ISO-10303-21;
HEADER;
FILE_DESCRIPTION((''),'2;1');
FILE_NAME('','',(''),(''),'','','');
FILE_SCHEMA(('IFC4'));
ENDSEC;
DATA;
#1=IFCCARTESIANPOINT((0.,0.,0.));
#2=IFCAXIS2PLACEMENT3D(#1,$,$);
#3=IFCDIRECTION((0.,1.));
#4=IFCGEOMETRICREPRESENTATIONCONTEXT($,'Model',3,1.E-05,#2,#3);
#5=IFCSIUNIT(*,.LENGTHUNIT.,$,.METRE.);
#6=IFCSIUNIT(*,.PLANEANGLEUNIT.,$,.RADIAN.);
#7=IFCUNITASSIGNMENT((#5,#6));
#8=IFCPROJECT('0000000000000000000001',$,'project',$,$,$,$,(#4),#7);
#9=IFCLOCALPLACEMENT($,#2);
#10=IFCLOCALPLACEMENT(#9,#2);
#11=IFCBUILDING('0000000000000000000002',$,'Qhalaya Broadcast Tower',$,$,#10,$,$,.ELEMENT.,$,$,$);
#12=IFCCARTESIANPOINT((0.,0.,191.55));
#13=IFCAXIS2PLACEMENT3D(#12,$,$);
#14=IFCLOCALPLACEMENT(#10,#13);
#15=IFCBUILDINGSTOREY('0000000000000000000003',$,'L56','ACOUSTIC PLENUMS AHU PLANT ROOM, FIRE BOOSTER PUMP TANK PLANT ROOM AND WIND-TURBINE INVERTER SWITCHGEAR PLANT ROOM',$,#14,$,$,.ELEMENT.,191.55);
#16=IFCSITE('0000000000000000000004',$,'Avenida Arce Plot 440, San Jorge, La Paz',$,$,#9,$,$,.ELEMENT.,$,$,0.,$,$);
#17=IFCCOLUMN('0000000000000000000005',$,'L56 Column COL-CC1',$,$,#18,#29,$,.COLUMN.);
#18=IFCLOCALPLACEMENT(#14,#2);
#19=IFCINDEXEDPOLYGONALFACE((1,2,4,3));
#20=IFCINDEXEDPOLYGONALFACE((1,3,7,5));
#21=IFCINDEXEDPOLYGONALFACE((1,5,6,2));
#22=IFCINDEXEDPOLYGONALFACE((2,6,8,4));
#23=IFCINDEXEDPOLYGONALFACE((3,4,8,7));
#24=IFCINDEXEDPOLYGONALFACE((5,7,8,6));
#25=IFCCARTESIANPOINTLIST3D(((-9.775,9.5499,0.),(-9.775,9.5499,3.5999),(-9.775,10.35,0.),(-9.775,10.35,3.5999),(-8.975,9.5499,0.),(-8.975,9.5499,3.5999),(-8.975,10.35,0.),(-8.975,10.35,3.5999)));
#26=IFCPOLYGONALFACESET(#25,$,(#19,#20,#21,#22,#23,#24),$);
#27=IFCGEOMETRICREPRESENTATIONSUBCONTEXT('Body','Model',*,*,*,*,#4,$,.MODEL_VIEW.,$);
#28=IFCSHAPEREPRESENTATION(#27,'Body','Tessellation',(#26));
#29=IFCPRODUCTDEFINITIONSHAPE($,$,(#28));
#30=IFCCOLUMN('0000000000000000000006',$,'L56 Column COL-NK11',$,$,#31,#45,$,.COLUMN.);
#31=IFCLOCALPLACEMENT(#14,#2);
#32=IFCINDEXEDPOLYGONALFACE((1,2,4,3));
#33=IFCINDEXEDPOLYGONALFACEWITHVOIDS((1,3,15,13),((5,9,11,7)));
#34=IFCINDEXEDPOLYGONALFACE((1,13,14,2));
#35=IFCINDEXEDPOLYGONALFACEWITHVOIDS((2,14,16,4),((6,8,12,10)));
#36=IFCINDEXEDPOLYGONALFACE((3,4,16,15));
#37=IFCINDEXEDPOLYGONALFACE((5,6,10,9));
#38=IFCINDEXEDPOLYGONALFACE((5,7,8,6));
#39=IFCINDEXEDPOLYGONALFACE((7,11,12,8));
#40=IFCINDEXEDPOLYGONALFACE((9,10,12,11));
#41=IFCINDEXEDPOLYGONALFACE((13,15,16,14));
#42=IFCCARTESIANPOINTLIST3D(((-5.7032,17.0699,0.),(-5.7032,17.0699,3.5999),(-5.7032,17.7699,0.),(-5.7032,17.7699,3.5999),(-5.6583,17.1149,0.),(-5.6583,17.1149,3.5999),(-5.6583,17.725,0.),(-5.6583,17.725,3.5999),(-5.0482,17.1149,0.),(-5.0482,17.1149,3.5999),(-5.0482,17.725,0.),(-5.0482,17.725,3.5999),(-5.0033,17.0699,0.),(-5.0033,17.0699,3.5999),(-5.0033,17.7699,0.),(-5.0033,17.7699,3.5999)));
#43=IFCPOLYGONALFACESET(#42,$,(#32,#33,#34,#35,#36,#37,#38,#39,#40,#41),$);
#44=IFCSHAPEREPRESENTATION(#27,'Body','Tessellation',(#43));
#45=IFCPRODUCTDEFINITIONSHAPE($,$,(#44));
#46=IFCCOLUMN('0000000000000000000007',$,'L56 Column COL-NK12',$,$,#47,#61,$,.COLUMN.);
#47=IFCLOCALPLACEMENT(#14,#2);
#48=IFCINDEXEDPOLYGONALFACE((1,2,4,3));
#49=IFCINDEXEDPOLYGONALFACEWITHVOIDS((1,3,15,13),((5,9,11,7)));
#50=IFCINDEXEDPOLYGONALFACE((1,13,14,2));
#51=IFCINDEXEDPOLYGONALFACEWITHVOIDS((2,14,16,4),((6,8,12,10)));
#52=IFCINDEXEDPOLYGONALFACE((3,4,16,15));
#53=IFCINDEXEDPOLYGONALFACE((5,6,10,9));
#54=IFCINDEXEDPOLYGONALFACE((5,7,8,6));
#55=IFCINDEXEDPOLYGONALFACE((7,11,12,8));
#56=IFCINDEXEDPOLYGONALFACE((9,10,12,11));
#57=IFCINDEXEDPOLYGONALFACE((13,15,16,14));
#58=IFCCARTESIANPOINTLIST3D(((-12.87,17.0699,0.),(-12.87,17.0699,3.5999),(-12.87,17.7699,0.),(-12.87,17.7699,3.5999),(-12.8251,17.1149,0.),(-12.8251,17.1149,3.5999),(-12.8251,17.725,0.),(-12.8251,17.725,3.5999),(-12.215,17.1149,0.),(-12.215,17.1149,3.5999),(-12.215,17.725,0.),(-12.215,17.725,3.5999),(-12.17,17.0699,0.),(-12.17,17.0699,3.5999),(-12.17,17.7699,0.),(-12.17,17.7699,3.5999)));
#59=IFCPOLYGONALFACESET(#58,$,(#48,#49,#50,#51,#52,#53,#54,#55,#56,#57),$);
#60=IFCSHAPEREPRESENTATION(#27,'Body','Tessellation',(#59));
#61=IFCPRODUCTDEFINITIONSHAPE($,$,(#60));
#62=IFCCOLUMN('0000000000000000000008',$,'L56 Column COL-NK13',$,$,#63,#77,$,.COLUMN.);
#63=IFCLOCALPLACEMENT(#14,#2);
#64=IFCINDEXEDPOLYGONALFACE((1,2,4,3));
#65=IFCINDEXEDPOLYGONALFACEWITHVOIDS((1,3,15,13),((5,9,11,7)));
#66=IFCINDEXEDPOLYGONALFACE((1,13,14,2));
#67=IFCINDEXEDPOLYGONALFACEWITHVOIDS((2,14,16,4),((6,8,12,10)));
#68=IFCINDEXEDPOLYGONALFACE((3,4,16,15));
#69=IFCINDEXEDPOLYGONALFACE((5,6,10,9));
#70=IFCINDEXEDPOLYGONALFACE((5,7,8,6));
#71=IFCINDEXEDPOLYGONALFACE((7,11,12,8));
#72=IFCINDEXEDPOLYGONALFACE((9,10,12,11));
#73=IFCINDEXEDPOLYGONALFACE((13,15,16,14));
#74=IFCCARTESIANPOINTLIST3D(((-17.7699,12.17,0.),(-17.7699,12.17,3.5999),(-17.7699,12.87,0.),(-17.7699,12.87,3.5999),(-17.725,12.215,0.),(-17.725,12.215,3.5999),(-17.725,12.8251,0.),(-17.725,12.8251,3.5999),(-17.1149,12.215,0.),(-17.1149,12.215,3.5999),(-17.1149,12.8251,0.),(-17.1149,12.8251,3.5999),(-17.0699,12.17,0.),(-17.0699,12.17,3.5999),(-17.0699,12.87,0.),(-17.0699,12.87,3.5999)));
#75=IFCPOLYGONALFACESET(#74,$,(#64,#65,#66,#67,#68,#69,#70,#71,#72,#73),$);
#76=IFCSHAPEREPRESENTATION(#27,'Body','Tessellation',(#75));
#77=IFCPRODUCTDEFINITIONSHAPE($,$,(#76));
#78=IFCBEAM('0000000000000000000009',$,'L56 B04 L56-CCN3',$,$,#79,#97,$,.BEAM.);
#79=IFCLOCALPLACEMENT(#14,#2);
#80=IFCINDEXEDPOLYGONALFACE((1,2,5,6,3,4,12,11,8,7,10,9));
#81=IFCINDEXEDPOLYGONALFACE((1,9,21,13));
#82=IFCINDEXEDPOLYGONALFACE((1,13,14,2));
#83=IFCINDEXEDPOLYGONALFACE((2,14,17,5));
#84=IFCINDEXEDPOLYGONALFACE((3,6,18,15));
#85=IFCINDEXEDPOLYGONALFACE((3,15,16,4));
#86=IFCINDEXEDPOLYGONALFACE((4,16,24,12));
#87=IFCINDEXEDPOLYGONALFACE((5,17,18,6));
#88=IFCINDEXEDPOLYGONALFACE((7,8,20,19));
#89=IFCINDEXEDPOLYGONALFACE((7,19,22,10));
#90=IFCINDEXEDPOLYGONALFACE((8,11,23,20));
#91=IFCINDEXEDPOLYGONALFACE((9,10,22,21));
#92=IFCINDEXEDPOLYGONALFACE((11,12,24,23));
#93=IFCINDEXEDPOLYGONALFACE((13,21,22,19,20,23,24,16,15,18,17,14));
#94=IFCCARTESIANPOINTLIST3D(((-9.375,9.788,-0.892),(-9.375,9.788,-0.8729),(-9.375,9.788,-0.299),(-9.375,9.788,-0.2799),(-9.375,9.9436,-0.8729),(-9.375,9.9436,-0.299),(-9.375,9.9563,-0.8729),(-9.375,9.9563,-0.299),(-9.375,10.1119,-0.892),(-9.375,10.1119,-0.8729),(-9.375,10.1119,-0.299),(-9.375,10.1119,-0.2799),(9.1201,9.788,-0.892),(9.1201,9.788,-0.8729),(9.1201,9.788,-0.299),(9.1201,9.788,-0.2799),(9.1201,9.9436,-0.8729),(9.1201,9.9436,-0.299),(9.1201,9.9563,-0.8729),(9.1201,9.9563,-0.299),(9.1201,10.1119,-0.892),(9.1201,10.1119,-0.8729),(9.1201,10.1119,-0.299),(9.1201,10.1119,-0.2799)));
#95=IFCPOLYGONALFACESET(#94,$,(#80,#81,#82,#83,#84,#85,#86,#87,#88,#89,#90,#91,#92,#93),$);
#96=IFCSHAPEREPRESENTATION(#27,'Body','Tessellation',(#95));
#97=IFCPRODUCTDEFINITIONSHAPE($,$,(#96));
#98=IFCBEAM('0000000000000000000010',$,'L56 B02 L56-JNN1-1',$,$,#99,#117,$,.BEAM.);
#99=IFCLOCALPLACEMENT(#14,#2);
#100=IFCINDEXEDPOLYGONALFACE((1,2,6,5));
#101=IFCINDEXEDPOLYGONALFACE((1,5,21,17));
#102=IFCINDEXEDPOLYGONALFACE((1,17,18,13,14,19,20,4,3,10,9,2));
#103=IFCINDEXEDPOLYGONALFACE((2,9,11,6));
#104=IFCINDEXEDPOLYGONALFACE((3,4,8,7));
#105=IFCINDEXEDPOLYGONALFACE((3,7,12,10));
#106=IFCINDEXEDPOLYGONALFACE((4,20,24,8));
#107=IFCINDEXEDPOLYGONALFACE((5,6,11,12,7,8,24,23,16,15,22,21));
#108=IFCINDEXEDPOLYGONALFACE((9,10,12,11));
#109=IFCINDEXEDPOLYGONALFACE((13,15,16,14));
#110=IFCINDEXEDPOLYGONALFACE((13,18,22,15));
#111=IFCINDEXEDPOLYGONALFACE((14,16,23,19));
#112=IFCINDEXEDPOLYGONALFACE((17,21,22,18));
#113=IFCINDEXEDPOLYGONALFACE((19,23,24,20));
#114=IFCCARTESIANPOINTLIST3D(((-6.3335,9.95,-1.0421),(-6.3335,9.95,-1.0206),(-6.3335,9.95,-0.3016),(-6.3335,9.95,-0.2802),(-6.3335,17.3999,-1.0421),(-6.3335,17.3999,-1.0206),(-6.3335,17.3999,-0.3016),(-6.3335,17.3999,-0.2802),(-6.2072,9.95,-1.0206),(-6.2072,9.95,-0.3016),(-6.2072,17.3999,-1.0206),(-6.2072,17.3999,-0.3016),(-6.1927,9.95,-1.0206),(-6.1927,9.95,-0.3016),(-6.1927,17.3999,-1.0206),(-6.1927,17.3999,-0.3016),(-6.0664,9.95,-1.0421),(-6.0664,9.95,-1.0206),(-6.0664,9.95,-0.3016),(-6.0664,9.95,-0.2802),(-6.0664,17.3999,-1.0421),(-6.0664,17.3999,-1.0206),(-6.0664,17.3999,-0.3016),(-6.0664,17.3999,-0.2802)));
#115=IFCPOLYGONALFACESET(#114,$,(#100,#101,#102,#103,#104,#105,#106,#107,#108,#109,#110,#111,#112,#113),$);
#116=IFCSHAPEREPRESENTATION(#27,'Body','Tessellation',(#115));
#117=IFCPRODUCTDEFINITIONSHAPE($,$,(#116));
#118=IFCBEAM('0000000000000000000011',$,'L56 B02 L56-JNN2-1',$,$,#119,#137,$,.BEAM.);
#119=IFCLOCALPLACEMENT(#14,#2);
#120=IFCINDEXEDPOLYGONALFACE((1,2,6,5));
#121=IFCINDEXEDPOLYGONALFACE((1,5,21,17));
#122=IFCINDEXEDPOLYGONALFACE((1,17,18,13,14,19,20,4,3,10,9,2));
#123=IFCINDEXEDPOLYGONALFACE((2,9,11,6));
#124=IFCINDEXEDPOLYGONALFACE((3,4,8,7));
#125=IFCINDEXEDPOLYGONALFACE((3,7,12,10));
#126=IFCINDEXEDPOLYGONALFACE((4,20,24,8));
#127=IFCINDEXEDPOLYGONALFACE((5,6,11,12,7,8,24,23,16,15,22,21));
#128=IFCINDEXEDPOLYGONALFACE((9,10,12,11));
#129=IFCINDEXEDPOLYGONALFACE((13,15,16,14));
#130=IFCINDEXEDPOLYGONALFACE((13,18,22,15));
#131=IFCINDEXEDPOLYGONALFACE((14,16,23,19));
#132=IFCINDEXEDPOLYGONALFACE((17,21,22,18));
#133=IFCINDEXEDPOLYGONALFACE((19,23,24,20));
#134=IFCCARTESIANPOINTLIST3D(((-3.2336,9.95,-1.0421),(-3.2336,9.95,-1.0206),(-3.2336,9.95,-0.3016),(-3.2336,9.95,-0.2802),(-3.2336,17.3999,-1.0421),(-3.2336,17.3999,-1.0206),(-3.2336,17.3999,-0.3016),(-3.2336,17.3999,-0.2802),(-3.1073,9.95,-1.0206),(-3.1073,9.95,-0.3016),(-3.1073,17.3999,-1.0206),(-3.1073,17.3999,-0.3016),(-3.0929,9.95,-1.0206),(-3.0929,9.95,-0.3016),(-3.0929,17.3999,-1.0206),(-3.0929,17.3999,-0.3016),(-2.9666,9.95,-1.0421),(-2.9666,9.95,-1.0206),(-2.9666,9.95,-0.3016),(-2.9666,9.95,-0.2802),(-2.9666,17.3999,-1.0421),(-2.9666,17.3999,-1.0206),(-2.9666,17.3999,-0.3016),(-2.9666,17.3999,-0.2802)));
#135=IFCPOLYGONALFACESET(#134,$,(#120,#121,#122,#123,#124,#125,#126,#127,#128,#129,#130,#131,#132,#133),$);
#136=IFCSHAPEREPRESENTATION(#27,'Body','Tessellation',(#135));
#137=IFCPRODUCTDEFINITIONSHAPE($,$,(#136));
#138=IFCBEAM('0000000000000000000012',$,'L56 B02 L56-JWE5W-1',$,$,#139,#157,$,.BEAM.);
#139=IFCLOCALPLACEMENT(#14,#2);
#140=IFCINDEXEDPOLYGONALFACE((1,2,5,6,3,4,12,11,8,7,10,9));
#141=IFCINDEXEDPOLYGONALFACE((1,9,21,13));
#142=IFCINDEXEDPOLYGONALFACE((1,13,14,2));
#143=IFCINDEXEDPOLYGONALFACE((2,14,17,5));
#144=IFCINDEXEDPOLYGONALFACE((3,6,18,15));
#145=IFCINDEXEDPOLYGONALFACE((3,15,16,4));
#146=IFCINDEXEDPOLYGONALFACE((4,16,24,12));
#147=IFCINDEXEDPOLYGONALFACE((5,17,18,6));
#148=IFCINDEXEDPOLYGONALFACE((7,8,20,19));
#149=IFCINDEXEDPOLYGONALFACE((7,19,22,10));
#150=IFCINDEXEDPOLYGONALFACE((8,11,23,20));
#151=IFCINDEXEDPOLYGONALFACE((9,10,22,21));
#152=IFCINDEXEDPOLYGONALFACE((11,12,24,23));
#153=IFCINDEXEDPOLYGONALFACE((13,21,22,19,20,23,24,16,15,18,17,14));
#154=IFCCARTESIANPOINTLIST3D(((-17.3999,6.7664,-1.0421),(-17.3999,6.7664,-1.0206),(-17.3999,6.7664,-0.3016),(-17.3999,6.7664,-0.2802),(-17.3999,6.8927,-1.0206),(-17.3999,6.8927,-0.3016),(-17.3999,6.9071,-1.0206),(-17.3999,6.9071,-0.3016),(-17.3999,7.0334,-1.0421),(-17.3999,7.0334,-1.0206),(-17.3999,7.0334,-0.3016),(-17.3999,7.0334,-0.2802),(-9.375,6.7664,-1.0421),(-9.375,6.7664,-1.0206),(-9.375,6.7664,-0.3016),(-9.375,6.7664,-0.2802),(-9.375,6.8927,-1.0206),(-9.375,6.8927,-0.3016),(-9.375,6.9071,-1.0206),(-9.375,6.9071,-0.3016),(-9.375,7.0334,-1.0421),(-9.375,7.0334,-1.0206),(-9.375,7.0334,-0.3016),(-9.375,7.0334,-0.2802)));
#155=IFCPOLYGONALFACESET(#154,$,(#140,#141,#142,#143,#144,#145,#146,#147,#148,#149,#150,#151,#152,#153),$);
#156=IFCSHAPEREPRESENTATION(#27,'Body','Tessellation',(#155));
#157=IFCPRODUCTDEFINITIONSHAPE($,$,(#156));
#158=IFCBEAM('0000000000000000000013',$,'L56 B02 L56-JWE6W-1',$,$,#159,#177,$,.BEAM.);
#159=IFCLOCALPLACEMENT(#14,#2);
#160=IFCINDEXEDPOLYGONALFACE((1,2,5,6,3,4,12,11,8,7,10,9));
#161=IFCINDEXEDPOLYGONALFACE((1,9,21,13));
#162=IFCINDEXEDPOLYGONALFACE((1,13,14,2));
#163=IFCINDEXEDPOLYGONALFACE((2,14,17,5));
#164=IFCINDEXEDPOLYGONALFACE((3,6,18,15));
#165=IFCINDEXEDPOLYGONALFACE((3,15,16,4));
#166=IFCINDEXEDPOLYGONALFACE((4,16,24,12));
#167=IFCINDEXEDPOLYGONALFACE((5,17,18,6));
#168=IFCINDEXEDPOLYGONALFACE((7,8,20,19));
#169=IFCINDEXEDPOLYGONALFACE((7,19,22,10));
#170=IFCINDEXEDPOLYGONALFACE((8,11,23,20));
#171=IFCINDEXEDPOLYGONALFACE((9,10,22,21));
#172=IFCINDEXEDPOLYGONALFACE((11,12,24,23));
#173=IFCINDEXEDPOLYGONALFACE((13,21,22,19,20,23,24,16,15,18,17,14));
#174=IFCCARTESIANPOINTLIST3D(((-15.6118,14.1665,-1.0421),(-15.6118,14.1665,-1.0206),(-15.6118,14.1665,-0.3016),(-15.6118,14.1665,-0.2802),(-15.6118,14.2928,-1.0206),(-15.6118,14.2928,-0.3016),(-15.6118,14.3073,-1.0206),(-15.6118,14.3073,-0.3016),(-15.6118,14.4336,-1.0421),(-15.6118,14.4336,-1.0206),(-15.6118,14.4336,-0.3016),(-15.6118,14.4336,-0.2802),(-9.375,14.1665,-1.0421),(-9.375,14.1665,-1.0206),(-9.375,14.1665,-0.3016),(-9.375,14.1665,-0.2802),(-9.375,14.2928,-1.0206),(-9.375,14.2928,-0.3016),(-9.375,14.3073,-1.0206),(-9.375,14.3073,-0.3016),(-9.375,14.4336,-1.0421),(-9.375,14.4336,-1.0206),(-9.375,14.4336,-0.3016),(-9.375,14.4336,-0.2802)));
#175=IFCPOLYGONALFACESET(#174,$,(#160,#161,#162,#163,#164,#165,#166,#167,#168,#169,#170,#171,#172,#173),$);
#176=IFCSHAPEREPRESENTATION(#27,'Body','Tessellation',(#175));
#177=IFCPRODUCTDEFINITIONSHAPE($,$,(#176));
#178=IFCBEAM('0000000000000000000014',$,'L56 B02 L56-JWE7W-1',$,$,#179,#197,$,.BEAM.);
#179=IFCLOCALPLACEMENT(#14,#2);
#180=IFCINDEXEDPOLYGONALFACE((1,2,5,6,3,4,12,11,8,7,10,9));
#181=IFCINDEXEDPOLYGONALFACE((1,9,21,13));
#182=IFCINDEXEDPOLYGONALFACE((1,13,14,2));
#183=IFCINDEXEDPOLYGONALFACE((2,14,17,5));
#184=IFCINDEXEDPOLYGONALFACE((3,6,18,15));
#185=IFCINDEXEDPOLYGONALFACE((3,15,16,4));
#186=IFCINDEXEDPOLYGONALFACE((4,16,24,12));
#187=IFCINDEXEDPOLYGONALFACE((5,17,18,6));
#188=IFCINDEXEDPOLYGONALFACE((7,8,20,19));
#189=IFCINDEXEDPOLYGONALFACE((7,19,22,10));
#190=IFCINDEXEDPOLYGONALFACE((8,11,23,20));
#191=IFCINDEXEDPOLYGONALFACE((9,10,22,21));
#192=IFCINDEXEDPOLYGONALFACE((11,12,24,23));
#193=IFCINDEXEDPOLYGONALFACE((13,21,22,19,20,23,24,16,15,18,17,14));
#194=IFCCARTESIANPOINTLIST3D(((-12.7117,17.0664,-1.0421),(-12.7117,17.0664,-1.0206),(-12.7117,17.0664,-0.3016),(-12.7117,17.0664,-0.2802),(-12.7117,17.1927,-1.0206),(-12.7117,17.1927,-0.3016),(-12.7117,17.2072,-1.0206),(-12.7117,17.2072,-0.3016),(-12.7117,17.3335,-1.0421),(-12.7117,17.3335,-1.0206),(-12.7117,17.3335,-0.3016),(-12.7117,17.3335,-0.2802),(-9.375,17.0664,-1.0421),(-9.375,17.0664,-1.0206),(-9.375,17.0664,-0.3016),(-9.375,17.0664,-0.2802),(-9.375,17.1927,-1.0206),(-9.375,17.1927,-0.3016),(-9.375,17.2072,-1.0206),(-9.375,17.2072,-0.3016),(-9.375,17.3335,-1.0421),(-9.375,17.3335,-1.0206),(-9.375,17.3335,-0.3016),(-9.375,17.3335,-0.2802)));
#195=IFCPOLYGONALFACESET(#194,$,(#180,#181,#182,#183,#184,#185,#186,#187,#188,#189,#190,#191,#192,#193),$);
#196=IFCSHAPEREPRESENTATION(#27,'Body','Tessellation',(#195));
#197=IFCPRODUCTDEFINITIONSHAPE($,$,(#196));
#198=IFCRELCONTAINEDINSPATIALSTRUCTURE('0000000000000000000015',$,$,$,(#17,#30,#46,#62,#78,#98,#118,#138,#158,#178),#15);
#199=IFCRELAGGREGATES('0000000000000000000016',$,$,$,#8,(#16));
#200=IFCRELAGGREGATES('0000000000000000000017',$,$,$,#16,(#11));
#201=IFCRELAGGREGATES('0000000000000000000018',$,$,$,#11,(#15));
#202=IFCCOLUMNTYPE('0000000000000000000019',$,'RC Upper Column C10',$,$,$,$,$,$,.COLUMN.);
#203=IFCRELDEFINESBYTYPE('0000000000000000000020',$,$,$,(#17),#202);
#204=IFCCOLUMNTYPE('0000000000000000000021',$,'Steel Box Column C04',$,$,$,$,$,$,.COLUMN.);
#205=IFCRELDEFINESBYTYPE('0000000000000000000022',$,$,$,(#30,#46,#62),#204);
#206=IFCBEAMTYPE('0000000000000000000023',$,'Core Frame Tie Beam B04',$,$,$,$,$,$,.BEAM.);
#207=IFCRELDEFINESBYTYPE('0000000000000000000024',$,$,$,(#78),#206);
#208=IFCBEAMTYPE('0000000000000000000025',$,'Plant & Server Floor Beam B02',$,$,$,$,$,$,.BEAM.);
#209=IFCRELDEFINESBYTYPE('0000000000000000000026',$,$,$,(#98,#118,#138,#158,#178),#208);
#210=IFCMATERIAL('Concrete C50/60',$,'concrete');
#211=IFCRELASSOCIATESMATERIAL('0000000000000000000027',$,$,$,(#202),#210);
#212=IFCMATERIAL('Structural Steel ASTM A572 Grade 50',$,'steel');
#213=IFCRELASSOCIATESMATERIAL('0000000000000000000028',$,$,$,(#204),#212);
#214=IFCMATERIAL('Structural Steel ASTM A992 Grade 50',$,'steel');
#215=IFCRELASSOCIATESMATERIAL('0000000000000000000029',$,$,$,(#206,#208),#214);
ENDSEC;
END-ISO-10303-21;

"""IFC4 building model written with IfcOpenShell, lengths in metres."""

from ifc_helpers import new_model, si_unit, direction, frame, origin, origin_2d, place, context, subcontext, project, spatial, rectangle, hollow_rectangle, i_section, extrude, material, material_profile, profile_set, type_object, element, save


model = new_model("IFC4")

# Units and contexts
model_context = context("Model", 3, precision=1e-05, world=origin(), true_north=direction((0.0, 1.0)))
body_context = subcontext(model_context, "Body", "Model", "MODEL_VIEW")
ifc_project = project(units=[si_unit("LENGTHUNIT", "METRE"), si_unit("PLANEANGLEUNIT", "RADIAN")], contexts=[model_context])

# Site, building, storey
site_placement = place(None, origin())
site = spatial("IfcSite", under=ifc_project, at=site_placement, Name="Avenida Arce Plot 440, San Jorge, La Paz", CompositionType="ELEMENT", RefElevation=0.0)
building_placement = place(site_placement, origin())
building = spatial("IfcBuilding", under=site, at=building_placement, Name="Qhalaya Broadcast Tower", CompositionType="ELEMENT")
storey_placement = place(building_placement, frame((0.0, 0.0, 191.55)))
storey = spatial("IfcBuildingStorey", under=building, at=storey_placement, Name="L56", Description="ACOUSTIC PLENUMS AHU PLANT ROOM, FIRE BOOSTER PUMP TANK PLANT ROOM AND WIND-TURBINE INVERTER SWITCHGEAR PLANT ROOM", CompositionType="ELEMENT", Elevation=191.55)

# Columns
ifc_material_1 = material(Name="Concrete C50/60", Category="concrete")
ifc_material_profile_1 = material_profile(ifc_material_1, rectangle(XDim=0.8, YDim=0.8, at=origin_2d()), Name="RC-COL 800x800")
ifc_profile_set_1 = profile_set([ifc_material_profile_1], Name="Concrete C50/60")
column_type_1 = type_object("IfcColumnType", Name="RC Upper Column C10", PredefinedType="COLUMN", material=ifc_profile_set_1)
column_placement = place(storey_placement, frame((-9.375, 9.95, 0.0), z_axis=(0.0, 0.0, 1.0), x_axis=(1.0, 0.0, 0.0)))
element("IfcColumn", 1, at=column_placement, inside=storey, type_object=column_type_1, Name="L56 Column COL-CC1", PredefinedType="COLUMN", context=body_context, shape_type="SweptSolid", body=[
    extrude(rectangle(XDim=0.8, YDim=0.8, at=origin_2d()), origin(), (0.0, 0.0, 1.0), 3.5999),
])
ifc_material_2 = material(Name="Structural Steel ASTM A572 Grade 50", Category="steel")
ifc_material_profile_2 = material_profile(ifc_material_2, hollow_rectangle(XDim=0.7, YDim=0.7, WallThickness=0.0449, at=origin_2d()), Name="BOX 700x700x45")
ifc_profile_set_2 = profile_set([ifc_material_profile_2], Name="Structural Steel ASTM A572 Grade 50")
column_type_2 = type_object("IfcColumnType", Name="Steel Box Column C04", PredefinedType="COLUMN", material=ifc_profile_set_2)
for number, where, z_axis, x_axis, name in (
    (2, (-5.3533, 17.4199, 0.0), (0.0, 0.0, 1.0), (1.0, 0.0, 0.0), "L56 Column COL-NK11"),
    (3, (-12.52, 17.4199, 0.0), (0.0, 0.0, 1.0), (1.0, 0.0, 0.0), "L56 Column COL-NK12"),
    (4, (-17.4199, 12.52, 0.0), (0.0, 0.0, 1.0), (0.0, 1.0, 0.0), "L56 Column COL-NK13"),
):
    element("IfcColumn", number, at=place(storey_placement, frame(where, z_axis=z_axis, x_axis=x_axis)), inside=storey, type_object=column_type_2, Name=name, PredefinedType="COLUMN", context=body_context, shape_type="SweptSolid", body=[
        extrude(hollow_rectangle(XDim=0.7, YDim=0.7, WallThickness=0.0449, at=origin_2d()), origin(), (0.0, 0.0, 1.0), 3.5999),
    ])

# Beams
ifc_material_3 = material(Name="Structural Steel ASTM A992 Grade 50", Category="steel")
ifc_material_profile_3 = material_profile(ifc_material_3, i_section(OverallWidth=0.324, OverallDepth=0.6121, WebThickness=0.0127, FlangeThickness=0.019, at=origin_2d()), Name="W24X104")
ifc_profile_set_3 = profile_set([ifc_material_profile_3], Name="Structural Steel ASTM A992 Grade 50")
beam_type_1 = type_object("IfcBeamType", Name="Core Frame Tie Beam B04", PredefinedType="BEAM", material=ifc_profile_set_3)
beam_1_placement = place(storey_placement, frame((-9.375, 9.95, -0.5859), z_axis=(1.0, 0.0, 0.0), x_axis=(0.0, 1.0, 0.0)))
element("IfcBeam", 5, at=beam_1_placement, inside=storey, type_object=beam_type_1, Name="L56 B04 L56-CCN3", PredefinedType="BEAM", context=body_context, shape_type="SweptSolid", body=[
    extrude(i_section(OverallWidth=0.324, OverallDepth=0.6121, WebThickness=0.0127, FlangeThickness=0.019, at=origin_2d()), origin(), (0.0, 0.0, 1.0), 18.4951),
])
ifc_material_profile_4 = material_profile(ifc_material_3, i_section(OverallWidth=0.2671, OverallDepth=0.762, WebThickness=0.0144, FlangeThickness=0.0215, at=origin_2d()), Name="W30X116")
ifc_profile_set_4 = profile_set([ifc_material_profile_4], Name="Structural Steel ASTM A992 Grade 50")
beam_type_2 = type_object("IfcBeamType", Name="Plant & Server Floor Beam B02", PredefinedType="BEAM", material=ifc_profile_set_4)
for number, where, z_axis, x_axis, name in (
    (6, (-6.2, 9.95, -0.6611), (0.0, 1.0, 0.0), (-1.0, 0.0, 0.0), "L56 B02 L56-JNN1-1"),
    (7, (-3.1001, 9.95, -0.6611), (0.0, 1.0, 0.0), (-1.0, 0.0, 0.0), "L56 B02 L56-JNN2-1"),
):
    element("IfcBeam", number, at=place(storey_placement, frame(where, z_axis=z_axis, x_axis=x_axis)), inside=storey, type_object=beam_type_2, Name=name, PredefinedType="BEAM", context=body_context, shape_type="SweptSolid", body=[
        extrude(i_section(OverallWidth=0.2671, OverallDepth=0.762, WebThickness=0.0144, FlangeThickness=0.0215, at=origin_2d()), origin(), (0.0, 0.0, 1.0), 7.45),
    ])
beam_2_placement = place(storey_placement, frame((-17.3999, 6.8999, -0.6611), z_axis=(1.0, 0.0, 0.0), x_axis=(0.0, 1.0, 0.0)))
element("IfcBeam", 8, at=beam_2_placement, inside=storey, type_object=beam_type_2, Name="L56 B02 L56-JWE5W-1", PredefinedType="BEAM", context=body_context, shape_type="SweptSolid", body=[
    extrude(i_section(OverallWidth=0.2671, OverallDepth=0.762, WebThickness=0.0144, FlangeThickness=0.0215, at=origin_2d()), origin(), (0.0, 0.0, 1.0), 8.0249),
])
beam_3_placement = place(storey_placement, frame((-15.6118, 14.3, -0.6611), z_axis=(1.0, 0.0, 0.0), x_axis=(0.0, 1.0, 0.0)))
element("IfcBeam", 9, at=beam_3_placement, inside=storey, type_object=beam_type_2, Name="L56 B02 L56-JWE6W-1", PredefinedType="BEAM", context=body_context, shape_type="SweptSolid", body=[
    extrude(i_section(OverallWidth=0.2671, OverallDepth=0.762, WebThickness=0.0144, FlangeThickness=0.0215, at=origin_2d()), origin(), (0.0, 0.0, 1.0), 6.2368),
])
beam_4_placement = place(storey_placement, frame((-12.7117, 17.2, -0.6611), z_axis=(1.0, 0.0, 0.0), x_axis=(0.0, 1.0, 0.0)))
element("IfcBeam", 10, at=beam_4_placement, inside=storey, type_object=beam_type_2, Name="L56 B02 L56-JWE7W-1", PredefinedType="BEAM", context=body_context, shape_type="SweptSolid", body=[
    extrude(i_section(OverallWidth=0.2671, OverallDepth=0.762, WebThickness=0.0144, FlangeThickness=0.0215, at=origin_2d()), origin(), (0.0, 0.0, 1.0), 3.3367),
])

save(model, "model.ifc")
